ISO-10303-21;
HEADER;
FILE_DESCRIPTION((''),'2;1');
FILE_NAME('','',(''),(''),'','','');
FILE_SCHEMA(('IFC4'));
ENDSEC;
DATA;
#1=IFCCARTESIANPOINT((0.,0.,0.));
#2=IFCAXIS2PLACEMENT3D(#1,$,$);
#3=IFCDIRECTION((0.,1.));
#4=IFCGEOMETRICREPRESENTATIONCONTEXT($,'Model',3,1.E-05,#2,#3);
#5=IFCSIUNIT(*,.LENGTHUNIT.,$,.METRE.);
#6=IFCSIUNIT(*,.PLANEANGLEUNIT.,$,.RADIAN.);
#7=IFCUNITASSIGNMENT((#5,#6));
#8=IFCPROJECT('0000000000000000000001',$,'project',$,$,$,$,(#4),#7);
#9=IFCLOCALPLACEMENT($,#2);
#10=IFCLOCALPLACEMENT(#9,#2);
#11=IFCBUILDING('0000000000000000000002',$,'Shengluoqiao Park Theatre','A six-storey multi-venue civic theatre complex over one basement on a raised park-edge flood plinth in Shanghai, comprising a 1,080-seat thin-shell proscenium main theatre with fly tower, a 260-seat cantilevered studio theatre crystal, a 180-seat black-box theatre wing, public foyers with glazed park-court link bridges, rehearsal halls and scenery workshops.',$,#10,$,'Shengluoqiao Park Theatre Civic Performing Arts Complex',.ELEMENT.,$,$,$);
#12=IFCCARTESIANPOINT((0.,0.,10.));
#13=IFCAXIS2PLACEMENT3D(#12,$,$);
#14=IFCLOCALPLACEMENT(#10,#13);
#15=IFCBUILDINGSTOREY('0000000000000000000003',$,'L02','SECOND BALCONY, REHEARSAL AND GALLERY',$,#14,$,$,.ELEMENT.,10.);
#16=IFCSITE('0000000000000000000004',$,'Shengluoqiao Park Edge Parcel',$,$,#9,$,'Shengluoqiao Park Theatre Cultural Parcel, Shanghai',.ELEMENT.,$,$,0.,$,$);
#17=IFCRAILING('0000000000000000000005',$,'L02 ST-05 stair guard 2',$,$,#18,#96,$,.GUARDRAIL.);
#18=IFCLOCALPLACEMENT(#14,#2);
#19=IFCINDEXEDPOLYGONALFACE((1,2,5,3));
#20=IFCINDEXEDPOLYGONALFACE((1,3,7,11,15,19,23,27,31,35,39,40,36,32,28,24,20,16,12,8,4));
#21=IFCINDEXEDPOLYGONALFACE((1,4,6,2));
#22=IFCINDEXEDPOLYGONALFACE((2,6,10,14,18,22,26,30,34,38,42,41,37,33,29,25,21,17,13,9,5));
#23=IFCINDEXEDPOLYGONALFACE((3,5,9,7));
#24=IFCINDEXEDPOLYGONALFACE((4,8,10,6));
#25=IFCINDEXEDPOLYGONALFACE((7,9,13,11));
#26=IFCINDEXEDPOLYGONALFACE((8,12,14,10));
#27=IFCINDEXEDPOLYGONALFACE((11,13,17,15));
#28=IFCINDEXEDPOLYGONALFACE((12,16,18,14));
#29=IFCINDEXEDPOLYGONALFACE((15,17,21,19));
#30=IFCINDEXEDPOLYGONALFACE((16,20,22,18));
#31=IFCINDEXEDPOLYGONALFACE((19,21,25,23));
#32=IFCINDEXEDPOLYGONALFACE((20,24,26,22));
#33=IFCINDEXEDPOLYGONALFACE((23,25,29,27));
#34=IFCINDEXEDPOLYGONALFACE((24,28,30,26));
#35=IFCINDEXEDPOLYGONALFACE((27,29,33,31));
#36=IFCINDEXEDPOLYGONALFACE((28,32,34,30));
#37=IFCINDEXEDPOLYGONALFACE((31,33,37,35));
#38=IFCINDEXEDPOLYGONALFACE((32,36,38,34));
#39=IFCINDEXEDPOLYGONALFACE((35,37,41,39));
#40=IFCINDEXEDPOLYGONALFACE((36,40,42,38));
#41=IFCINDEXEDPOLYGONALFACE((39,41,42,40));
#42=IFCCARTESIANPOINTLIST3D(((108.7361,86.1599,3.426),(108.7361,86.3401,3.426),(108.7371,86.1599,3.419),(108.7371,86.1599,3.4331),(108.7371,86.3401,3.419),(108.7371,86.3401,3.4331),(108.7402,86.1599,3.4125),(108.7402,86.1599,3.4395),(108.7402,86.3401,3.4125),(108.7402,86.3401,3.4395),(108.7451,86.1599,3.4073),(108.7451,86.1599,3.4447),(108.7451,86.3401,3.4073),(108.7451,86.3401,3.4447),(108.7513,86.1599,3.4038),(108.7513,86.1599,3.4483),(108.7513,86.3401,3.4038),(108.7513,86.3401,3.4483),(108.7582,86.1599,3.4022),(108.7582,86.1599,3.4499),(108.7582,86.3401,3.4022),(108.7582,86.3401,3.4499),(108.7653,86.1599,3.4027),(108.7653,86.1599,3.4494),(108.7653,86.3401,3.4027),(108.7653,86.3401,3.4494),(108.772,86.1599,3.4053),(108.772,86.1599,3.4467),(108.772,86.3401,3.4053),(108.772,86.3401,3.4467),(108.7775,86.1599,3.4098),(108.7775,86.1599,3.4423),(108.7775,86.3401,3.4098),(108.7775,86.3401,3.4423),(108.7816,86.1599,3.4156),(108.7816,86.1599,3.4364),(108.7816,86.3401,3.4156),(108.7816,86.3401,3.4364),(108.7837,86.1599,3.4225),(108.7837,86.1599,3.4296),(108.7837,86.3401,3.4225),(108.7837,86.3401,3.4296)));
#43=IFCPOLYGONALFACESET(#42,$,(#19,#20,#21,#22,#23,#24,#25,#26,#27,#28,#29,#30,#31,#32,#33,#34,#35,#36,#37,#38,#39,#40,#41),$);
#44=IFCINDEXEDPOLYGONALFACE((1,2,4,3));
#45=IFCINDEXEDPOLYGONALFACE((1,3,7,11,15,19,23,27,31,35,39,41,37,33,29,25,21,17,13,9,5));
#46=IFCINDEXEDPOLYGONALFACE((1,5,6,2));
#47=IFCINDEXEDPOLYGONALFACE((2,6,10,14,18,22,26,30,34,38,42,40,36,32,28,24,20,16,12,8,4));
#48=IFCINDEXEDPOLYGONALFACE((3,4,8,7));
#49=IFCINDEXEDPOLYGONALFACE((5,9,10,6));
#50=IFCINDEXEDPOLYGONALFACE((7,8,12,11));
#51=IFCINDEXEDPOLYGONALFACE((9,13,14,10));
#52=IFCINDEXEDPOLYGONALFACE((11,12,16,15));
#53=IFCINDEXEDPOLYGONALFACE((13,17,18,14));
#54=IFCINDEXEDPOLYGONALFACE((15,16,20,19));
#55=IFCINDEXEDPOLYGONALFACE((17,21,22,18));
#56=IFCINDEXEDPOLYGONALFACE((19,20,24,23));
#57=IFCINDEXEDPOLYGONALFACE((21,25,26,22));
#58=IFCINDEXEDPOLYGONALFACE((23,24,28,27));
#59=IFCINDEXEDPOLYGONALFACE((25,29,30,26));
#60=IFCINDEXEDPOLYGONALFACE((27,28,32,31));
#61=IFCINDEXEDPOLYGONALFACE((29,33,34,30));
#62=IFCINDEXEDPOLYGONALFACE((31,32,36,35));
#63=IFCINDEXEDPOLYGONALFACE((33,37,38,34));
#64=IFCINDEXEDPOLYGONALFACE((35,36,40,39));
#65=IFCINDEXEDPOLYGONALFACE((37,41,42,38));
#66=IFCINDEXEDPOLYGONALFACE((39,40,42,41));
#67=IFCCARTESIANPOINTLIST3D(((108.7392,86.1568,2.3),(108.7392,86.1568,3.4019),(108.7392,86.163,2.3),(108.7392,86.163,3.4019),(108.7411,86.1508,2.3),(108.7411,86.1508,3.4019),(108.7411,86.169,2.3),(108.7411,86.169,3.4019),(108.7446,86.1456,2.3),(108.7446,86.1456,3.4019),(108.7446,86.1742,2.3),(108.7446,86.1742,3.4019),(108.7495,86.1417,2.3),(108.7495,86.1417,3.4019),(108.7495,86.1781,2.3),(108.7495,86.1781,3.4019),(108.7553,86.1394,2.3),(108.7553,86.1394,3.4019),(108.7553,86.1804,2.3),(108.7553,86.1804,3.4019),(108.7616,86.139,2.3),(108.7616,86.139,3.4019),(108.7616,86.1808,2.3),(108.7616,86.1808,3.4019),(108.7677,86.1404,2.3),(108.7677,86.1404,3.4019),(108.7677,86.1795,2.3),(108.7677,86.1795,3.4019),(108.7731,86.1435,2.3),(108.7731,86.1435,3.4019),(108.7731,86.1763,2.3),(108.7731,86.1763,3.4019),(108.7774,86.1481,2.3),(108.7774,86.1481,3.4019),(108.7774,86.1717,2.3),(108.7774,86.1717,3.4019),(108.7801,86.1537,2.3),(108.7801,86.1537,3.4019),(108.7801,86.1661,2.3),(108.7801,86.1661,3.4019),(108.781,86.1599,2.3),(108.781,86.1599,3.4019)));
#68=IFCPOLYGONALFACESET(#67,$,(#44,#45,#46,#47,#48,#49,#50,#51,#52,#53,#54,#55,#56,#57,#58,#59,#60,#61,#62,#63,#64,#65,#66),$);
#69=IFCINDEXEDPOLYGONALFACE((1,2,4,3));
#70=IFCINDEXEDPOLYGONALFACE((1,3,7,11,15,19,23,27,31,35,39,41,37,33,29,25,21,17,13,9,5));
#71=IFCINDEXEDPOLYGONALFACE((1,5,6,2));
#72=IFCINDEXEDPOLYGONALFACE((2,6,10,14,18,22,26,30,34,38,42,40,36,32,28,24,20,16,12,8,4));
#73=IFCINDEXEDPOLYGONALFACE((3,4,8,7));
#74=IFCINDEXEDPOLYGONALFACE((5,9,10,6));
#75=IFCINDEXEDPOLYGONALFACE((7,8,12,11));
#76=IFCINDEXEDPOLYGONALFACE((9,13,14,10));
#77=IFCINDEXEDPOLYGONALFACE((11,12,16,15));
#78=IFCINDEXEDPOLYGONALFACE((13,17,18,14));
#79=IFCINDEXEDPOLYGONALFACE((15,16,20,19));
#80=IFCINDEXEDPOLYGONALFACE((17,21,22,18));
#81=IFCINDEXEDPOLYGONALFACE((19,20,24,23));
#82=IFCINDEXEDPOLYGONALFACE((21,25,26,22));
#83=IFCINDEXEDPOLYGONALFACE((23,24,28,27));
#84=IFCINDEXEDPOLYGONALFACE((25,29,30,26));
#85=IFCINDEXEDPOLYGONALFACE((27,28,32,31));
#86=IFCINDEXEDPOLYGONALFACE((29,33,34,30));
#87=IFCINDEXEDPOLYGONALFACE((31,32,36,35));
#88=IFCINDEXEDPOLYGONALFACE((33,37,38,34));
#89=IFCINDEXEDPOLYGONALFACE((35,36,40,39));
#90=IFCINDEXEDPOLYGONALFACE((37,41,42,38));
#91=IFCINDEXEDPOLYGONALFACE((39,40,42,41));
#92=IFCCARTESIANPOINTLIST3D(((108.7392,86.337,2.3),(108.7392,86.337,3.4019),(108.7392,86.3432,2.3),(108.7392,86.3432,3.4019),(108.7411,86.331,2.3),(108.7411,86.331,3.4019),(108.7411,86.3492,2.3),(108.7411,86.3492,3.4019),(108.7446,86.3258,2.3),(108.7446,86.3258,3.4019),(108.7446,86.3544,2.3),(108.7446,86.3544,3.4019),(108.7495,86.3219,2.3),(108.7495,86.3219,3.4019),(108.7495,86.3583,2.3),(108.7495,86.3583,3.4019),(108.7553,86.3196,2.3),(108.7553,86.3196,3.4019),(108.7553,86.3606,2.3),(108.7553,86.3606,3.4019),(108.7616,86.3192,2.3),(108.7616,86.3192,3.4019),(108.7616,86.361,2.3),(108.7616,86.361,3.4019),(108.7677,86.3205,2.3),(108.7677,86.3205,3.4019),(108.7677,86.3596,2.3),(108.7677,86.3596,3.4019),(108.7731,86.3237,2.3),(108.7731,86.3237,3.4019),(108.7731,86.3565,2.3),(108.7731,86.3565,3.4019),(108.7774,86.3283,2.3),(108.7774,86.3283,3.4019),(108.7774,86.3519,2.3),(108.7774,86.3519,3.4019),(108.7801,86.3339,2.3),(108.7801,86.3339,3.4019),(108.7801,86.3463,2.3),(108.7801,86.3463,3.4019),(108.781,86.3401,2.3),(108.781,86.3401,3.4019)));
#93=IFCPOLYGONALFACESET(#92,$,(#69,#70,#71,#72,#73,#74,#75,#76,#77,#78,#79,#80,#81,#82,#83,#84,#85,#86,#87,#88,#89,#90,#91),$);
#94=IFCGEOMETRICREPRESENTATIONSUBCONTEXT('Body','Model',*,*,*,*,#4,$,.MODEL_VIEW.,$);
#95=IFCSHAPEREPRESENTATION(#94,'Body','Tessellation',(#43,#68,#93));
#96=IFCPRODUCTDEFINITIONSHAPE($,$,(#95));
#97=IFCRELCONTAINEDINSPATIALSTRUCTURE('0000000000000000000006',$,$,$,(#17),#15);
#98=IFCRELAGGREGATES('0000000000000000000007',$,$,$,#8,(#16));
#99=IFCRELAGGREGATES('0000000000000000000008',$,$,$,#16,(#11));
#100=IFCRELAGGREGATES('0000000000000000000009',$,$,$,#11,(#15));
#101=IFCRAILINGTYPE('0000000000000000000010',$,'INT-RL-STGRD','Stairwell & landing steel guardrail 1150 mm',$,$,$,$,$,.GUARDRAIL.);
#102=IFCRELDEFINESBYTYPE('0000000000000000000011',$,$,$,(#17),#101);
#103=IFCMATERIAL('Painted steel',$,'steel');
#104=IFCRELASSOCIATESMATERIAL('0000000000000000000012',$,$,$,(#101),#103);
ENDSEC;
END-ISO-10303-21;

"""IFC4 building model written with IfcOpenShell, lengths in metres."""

from ifc_helpers import new_model, si_unit, direction, frame, origin, origin_2d, place, context, subcontext, project, spatial, circle, extrude, material, type_object, element, save


model = new_model("IFC4")

# Units and contexts
model_context = context("Model", 3, precision=1e-05, world=origin(), true_north=direction((0.0, 1.0)))
body_context = subcontext(model_context, "Body", "Model", "MODEL_VIEW")
ifc_project = project(units=[si_unit("LENGTHUNIT", "METRE"), si_unit("PLANEANGLEUNIT", "RADIAN")], contexts=[model_context])

# Site, building, storey
site_placement = place(None, origin())
site = spatial("IfcSite", under=ifc_project, at=site_placement, Name="Shengluoqiao Park Edge Parcel", LongName="Shengluoqiao Park Theatre Cultural Parcel, Shanghai", CompositionType="ELEMENT", RefElevation=0.0)
building_placement = place(site_placement, origin())
building = spatial("IfcBuilding", under=site, at=building_placement, Name="Shengluoqiao Park Theatre", Description="A six-storey multi-venue civic theatre complex over one basement on a raised park-edge flood plinth in Shanghai, comprising a 1,080-seat thin-shell proscenium main theatre with fly tower, a 260-seat cantilevered studio theatre crystal, a 180-seat black-box theatre wing, public foyers with glazed park-court link bridges, rehearsal halls and scenery workshops.", LongName="Shengluoqiao Park Theatre Civic Performing Arts Complex", CompositionType="ELEMENT")
storey_placement = place(building_placement, frame((0.0, 0.0, 10.0)))
storey = spatial("IfcBuildingStorey", under=building, at=storey_placement, Name="L02", Description="SECOND BALCONY, REHEARSAL AND GALLERY", CompositionType="ELEMENT", Elevation=10.0)

# Railing
ifc_material_1 = material(Name="Painted steel", Category="steel")
railing_type_1 = type_object("IfcRailingType", Name="INT-RL-STGRD", Description="Stairwell & landing steel guardrail 1150 mm", PredefinedType="GUARDRAIL", material=ifc_material_1)
railing_1_placement = place(storey_placement, frame((108.76, 86.1599, 2.3)))
element("IfcRailing", 1, at=railing_1_placement, inside=storey, type_object=railing_type_1, Name="L02 ST-05 stair guard 2", PredefinedType="GUARDRAIL", context=body_context, shape_type="SweptSolid", body=[
    extrude(circle(Radius=0.0239, at=origin_2d()), frame((0.0, 0.0, 1.126), z_axis=(0.0, 1.0, 0.0), x_axis=(-1.0, 0.0, 0.0)), (0.0, 0.0, 1.0), 0.1802),
    extrude(circle(Radius=0.021, at=origin_2d()), origin(), (0.0, 0.0, 1.0), 1.1018),
    extrude(circle(Radius=0.021, at=origin_2d()), frame((0.0, 0.1802, 0.0)), (0.0, 0.0, 1.0), 1.1018),
])

save(model, "model.ifc")
